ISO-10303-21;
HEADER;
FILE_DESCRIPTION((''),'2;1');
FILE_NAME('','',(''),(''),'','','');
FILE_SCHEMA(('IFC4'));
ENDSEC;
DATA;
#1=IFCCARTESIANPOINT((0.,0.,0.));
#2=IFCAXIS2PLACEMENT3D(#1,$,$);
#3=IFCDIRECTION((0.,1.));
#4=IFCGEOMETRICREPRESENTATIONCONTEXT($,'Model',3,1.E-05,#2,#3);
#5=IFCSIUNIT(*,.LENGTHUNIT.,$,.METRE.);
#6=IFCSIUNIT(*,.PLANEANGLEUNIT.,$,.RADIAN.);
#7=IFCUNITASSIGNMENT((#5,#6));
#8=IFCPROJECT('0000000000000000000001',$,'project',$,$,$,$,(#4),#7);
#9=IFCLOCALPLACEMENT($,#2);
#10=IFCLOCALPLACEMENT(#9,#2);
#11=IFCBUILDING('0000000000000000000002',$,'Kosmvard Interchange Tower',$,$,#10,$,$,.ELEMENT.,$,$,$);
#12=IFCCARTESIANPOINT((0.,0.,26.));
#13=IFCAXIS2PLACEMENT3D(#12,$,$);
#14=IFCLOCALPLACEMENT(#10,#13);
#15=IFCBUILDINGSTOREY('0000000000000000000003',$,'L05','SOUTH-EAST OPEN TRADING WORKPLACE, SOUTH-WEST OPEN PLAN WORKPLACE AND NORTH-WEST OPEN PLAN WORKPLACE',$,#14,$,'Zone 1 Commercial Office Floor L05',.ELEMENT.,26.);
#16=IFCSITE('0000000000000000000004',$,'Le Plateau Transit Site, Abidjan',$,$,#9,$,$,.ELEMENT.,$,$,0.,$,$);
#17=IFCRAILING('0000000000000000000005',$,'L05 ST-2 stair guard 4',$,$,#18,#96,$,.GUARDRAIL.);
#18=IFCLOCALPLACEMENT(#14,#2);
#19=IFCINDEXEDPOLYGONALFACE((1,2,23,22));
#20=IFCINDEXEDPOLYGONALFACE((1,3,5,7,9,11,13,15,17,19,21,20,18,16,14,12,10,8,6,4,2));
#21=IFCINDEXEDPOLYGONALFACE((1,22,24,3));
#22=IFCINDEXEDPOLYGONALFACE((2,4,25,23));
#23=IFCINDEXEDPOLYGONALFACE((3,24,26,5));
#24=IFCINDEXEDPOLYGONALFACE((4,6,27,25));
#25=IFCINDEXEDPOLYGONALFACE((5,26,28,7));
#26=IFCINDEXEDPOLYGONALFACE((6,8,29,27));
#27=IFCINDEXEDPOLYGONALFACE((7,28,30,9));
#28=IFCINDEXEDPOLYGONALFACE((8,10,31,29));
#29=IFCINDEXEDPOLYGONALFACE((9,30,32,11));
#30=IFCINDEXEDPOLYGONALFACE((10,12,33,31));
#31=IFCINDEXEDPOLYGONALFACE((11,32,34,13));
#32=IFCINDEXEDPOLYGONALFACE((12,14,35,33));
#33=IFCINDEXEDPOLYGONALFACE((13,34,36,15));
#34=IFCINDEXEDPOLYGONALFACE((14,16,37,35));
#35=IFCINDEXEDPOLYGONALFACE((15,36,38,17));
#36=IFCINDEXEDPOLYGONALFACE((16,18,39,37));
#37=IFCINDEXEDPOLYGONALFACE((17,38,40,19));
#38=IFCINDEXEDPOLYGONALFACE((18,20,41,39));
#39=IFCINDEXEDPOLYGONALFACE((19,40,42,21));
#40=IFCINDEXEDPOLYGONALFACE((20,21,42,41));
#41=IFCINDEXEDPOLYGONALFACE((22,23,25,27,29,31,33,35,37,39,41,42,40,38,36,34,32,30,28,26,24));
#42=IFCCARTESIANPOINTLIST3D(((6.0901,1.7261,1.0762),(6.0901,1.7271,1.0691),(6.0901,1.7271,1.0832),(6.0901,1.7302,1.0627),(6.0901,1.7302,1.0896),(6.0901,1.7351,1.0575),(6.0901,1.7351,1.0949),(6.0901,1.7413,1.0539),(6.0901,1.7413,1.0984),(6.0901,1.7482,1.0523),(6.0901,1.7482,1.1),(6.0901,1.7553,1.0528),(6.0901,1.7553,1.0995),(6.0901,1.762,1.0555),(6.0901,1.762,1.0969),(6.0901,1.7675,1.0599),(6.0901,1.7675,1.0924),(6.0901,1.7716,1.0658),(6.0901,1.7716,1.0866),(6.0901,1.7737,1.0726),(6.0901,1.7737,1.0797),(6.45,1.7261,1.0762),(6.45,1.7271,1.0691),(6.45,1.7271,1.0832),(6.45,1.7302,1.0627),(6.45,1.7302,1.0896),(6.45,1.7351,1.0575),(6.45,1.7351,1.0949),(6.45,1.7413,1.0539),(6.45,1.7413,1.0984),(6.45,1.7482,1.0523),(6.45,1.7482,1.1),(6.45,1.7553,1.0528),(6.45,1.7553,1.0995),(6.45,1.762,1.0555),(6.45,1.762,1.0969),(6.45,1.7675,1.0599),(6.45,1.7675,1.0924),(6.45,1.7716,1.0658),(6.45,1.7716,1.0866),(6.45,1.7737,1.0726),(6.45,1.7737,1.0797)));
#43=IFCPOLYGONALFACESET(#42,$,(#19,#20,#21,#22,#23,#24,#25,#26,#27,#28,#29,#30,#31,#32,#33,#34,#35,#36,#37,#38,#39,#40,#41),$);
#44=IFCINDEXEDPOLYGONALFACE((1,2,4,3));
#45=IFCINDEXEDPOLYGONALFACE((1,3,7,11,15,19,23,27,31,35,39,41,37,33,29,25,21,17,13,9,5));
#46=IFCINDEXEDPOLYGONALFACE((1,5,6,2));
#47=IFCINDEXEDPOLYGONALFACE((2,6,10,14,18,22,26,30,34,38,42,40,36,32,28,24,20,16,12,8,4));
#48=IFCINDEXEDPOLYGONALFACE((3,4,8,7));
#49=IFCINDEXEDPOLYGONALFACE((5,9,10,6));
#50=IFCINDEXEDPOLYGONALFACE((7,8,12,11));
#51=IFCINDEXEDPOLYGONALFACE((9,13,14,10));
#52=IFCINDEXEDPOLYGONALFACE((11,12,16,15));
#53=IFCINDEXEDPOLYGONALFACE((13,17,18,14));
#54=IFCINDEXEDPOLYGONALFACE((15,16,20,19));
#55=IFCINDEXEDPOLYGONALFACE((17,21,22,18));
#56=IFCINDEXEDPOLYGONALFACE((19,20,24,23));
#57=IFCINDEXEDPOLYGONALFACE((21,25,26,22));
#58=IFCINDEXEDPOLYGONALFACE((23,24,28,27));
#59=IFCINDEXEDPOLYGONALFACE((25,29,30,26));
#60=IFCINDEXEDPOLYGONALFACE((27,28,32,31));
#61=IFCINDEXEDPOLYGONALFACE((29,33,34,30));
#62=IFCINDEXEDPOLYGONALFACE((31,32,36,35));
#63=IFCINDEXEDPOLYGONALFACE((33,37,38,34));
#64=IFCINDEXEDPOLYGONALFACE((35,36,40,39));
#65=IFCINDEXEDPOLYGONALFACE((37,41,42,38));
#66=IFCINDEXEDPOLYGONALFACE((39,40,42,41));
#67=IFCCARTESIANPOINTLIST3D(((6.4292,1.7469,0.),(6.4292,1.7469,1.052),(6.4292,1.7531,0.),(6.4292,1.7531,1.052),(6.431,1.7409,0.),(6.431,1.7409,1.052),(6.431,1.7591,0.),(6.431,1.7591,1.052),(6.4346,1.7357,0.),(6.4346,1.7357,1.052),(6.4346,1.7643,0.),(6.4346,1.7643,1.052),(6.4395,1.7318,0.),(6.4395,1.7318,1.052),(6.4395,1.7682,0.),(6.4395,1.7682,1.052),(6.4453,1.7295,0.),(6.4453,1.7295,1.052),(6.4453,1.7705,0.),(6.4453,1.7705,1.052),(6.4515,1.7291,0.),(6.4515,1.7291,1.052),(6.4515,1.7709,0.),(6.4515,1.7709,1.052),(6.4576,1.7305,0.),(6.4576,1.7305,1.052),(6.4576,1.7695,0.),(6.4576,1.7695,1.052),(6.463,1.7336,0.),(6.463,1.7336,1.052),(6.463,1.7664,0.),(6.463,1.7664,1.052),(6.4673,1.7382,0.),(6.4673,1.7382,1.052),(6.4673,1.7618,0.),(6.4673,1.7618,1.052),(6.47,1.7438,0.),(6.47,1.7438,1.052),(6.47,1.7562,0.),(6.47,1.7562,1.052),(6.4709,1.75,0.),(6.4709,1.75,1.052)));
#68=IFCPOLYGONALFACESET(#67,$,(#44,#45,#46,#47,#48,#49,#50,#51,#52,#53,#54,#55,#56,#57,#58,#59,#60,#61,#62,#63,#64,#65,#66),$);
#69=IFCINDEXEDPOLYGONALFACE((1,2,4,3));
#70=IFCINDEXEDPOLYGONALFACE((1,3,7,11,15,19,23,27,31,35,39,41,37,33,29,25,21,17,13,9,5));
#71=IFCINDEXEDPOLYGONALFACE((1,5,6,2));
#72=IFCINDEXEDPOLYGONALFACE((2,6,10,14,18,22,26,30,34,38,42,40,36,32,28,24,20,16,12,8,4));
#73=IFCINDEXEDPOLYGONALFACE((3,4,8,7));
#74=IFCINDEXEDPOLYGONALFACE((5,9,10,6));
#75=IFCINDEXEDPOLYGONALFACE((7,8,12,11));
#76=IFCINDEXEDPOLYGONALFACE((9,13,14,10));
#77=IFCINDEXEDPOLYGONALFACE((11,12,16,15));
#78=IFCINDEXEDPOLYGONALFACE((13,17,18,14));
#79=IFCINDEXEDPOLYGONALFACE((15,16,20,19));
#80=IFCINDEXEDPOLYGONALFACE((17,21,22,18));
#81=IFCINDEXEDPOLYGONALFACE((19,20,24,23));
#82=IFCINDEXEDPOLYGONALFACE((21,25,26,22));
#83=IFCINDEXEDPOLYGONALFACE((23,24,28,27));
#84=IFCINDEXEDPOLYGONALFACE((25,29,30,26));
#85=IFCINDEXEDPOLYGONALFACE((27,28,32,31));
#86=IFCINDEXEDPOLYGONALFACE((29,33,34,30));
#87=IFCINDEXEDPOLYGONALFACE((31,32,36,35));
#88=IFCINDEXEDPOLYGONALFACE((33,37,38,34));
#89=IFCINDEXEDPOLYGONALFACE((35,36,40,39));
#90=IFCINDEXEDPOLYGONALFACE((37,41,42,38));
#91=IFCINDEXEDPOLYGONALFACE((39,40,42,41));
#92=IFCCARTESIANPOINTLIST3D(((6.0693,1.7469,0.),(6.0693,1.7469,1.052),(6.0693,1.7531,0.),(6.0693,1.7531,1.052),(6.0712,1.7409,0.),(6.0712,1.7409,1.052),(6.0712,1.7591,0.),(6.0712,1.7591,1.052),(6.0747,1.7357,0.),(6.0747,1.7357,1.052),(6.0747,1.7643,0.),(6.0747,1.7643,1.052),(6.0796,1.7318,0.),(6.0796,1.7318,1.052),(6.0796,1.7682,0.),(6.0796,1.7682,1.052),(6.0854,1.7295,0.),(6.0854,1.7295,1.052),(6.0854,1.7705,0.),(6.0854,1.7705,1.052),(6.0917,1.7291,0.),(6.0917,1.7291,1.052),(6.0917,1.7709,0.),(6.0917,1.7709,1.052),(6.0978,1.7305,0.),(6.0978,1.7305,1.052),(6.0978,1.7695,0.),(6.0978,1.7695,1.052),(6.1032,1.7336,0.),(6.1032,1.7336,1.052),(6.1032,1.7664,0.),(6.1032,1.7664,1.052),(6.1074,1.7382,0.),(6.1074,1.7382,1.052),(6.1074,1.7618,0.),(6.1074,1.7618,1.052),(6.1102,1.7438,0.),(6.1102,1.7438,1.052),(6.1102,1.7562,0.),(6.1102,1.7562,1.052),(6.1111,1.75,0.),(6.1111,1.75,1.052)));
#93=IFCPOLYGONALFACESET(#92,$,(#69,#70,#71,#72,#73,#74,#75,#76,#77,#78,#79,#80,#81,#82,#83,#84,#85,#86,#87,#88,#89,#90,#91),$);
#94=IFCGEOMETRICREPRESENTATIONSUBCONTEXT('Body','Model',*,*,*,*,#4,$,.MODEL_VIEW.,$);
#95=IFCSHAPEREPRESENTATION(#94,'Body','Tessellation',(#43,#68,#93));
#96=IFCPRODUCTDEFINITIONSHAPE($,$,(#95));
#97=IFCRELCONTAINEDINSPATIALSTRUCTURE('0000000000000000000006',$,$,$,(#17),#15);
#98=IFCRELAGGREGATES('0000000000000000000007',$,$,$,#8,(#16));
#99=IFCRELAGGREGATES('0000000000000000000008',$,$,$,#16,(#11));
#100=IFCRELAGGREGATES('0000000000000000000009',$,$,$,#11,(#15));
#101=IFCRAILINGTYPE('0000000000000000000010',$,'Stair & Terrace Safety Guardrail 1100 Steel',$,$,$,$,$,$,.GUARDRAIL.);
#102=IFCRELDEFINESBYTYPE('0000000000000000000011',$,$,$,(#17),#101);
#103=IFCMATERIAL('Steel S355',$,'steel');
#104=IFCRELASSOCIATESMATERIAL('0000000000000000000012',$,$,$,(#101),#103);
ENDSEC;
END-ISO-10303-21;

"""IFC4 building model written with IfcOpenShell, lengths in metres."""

from ifc_helpers import new_model, si_unit, direction, frame, origin, origin_2d, place, context, subcontext, project, spatial, circle, extrude, source, transform, mapped, material, type_object, element, save


model = new_model("IFC4")

# Units and contexts
model_context = context("Model", 3, precision=1e-05, world=origin(), true_north=direction((0.0, 1.0)))
body_context = subcontext(model_context, "Body", "Model", "MODEL_VIEW")
ifc_project = project(units=[si_unit("LENGTHUNIT", "METRE"), si_unit("PLANEANGLEUNIT", "RADIAN")], contexts=[model_context])

# Site, building, storey
site_placement = place(None, origin())
site = spatial("IfcSite", under=ifc_project, at=site_placement, Name="Le Plateau Transit Site, Abidjan", CompositionType="ELEMENT", RefElevation=0.0)
building_placement = place(site_placement, origin())
building = spatial("IfcBuilding", under=site, at=building_placement, Name="Kosmvard Interchange Tower", CompositionType="ELEMENT")
storey_placement = place(building_placement, frame((0.0, 0.0, 26.0)))
storey = spatial("IfcBuildingStorey", under=building, at=storey_placement, Name="L05", Description="SOUTH-EAST OPEN TRADING WORKPLACE, SOUTH-WEST OPEN PLAN WORKPLACE AND NORTH-WEST OPEN PLAN WORKPLACE", LongName="Zone 1 Commercial Office Floor L05", CompositionType="ELEMENT", Elevation=26.0)

# Railing
ifc_material_1 = material(Name="Steel S355", Category="steel")
railing_type_1 = type_object("IfcRailingType", Name="Stair & Terrace Safety Guardrail 1100 Steel", PredefinedType="GUARDRAIL", material=ifc_material_1)
shared_shape_1 = source(origin(), body_context, "Body", "SweptSolid", [
    extrude(circle(Radius=0.0239, at=origin_2d()), frame((0.0, 0.0, 1.0762), z_axis=(-1.0, 0.0, 0.0), x_axis=(0.0, -1.0, 0.0)), (0.0, 0.0, 1.0), 0.3599),
    extrude(circle(Radius=0.021, at=origin_2d()), origin(), (0.0, 0.0, 1.0), 1.052),
    extrude(circle(Radius=0.021, at=origin_2d()), frame((-0.3599, 0.0, 0.0)), (0.0, 0.0, 1.0), 1.052),
])
railing_1_placement = place(storey_placement, frame((6.45, 1.75, 0.0)))
element("IfcRailing", 1, at=railing_1_placement, inside=storey, type_object=railing_type_1, Name="L05 ST-2 stair guard 4", PredefinedType="GUARDRAIL", context=body_context, shape_type="MappedRepresentation", body=[
    mapped(shared_shape_1, transform((0.0, 0.0, 0.0), scale=1.0)),
])

save(model, "model.ifc")
